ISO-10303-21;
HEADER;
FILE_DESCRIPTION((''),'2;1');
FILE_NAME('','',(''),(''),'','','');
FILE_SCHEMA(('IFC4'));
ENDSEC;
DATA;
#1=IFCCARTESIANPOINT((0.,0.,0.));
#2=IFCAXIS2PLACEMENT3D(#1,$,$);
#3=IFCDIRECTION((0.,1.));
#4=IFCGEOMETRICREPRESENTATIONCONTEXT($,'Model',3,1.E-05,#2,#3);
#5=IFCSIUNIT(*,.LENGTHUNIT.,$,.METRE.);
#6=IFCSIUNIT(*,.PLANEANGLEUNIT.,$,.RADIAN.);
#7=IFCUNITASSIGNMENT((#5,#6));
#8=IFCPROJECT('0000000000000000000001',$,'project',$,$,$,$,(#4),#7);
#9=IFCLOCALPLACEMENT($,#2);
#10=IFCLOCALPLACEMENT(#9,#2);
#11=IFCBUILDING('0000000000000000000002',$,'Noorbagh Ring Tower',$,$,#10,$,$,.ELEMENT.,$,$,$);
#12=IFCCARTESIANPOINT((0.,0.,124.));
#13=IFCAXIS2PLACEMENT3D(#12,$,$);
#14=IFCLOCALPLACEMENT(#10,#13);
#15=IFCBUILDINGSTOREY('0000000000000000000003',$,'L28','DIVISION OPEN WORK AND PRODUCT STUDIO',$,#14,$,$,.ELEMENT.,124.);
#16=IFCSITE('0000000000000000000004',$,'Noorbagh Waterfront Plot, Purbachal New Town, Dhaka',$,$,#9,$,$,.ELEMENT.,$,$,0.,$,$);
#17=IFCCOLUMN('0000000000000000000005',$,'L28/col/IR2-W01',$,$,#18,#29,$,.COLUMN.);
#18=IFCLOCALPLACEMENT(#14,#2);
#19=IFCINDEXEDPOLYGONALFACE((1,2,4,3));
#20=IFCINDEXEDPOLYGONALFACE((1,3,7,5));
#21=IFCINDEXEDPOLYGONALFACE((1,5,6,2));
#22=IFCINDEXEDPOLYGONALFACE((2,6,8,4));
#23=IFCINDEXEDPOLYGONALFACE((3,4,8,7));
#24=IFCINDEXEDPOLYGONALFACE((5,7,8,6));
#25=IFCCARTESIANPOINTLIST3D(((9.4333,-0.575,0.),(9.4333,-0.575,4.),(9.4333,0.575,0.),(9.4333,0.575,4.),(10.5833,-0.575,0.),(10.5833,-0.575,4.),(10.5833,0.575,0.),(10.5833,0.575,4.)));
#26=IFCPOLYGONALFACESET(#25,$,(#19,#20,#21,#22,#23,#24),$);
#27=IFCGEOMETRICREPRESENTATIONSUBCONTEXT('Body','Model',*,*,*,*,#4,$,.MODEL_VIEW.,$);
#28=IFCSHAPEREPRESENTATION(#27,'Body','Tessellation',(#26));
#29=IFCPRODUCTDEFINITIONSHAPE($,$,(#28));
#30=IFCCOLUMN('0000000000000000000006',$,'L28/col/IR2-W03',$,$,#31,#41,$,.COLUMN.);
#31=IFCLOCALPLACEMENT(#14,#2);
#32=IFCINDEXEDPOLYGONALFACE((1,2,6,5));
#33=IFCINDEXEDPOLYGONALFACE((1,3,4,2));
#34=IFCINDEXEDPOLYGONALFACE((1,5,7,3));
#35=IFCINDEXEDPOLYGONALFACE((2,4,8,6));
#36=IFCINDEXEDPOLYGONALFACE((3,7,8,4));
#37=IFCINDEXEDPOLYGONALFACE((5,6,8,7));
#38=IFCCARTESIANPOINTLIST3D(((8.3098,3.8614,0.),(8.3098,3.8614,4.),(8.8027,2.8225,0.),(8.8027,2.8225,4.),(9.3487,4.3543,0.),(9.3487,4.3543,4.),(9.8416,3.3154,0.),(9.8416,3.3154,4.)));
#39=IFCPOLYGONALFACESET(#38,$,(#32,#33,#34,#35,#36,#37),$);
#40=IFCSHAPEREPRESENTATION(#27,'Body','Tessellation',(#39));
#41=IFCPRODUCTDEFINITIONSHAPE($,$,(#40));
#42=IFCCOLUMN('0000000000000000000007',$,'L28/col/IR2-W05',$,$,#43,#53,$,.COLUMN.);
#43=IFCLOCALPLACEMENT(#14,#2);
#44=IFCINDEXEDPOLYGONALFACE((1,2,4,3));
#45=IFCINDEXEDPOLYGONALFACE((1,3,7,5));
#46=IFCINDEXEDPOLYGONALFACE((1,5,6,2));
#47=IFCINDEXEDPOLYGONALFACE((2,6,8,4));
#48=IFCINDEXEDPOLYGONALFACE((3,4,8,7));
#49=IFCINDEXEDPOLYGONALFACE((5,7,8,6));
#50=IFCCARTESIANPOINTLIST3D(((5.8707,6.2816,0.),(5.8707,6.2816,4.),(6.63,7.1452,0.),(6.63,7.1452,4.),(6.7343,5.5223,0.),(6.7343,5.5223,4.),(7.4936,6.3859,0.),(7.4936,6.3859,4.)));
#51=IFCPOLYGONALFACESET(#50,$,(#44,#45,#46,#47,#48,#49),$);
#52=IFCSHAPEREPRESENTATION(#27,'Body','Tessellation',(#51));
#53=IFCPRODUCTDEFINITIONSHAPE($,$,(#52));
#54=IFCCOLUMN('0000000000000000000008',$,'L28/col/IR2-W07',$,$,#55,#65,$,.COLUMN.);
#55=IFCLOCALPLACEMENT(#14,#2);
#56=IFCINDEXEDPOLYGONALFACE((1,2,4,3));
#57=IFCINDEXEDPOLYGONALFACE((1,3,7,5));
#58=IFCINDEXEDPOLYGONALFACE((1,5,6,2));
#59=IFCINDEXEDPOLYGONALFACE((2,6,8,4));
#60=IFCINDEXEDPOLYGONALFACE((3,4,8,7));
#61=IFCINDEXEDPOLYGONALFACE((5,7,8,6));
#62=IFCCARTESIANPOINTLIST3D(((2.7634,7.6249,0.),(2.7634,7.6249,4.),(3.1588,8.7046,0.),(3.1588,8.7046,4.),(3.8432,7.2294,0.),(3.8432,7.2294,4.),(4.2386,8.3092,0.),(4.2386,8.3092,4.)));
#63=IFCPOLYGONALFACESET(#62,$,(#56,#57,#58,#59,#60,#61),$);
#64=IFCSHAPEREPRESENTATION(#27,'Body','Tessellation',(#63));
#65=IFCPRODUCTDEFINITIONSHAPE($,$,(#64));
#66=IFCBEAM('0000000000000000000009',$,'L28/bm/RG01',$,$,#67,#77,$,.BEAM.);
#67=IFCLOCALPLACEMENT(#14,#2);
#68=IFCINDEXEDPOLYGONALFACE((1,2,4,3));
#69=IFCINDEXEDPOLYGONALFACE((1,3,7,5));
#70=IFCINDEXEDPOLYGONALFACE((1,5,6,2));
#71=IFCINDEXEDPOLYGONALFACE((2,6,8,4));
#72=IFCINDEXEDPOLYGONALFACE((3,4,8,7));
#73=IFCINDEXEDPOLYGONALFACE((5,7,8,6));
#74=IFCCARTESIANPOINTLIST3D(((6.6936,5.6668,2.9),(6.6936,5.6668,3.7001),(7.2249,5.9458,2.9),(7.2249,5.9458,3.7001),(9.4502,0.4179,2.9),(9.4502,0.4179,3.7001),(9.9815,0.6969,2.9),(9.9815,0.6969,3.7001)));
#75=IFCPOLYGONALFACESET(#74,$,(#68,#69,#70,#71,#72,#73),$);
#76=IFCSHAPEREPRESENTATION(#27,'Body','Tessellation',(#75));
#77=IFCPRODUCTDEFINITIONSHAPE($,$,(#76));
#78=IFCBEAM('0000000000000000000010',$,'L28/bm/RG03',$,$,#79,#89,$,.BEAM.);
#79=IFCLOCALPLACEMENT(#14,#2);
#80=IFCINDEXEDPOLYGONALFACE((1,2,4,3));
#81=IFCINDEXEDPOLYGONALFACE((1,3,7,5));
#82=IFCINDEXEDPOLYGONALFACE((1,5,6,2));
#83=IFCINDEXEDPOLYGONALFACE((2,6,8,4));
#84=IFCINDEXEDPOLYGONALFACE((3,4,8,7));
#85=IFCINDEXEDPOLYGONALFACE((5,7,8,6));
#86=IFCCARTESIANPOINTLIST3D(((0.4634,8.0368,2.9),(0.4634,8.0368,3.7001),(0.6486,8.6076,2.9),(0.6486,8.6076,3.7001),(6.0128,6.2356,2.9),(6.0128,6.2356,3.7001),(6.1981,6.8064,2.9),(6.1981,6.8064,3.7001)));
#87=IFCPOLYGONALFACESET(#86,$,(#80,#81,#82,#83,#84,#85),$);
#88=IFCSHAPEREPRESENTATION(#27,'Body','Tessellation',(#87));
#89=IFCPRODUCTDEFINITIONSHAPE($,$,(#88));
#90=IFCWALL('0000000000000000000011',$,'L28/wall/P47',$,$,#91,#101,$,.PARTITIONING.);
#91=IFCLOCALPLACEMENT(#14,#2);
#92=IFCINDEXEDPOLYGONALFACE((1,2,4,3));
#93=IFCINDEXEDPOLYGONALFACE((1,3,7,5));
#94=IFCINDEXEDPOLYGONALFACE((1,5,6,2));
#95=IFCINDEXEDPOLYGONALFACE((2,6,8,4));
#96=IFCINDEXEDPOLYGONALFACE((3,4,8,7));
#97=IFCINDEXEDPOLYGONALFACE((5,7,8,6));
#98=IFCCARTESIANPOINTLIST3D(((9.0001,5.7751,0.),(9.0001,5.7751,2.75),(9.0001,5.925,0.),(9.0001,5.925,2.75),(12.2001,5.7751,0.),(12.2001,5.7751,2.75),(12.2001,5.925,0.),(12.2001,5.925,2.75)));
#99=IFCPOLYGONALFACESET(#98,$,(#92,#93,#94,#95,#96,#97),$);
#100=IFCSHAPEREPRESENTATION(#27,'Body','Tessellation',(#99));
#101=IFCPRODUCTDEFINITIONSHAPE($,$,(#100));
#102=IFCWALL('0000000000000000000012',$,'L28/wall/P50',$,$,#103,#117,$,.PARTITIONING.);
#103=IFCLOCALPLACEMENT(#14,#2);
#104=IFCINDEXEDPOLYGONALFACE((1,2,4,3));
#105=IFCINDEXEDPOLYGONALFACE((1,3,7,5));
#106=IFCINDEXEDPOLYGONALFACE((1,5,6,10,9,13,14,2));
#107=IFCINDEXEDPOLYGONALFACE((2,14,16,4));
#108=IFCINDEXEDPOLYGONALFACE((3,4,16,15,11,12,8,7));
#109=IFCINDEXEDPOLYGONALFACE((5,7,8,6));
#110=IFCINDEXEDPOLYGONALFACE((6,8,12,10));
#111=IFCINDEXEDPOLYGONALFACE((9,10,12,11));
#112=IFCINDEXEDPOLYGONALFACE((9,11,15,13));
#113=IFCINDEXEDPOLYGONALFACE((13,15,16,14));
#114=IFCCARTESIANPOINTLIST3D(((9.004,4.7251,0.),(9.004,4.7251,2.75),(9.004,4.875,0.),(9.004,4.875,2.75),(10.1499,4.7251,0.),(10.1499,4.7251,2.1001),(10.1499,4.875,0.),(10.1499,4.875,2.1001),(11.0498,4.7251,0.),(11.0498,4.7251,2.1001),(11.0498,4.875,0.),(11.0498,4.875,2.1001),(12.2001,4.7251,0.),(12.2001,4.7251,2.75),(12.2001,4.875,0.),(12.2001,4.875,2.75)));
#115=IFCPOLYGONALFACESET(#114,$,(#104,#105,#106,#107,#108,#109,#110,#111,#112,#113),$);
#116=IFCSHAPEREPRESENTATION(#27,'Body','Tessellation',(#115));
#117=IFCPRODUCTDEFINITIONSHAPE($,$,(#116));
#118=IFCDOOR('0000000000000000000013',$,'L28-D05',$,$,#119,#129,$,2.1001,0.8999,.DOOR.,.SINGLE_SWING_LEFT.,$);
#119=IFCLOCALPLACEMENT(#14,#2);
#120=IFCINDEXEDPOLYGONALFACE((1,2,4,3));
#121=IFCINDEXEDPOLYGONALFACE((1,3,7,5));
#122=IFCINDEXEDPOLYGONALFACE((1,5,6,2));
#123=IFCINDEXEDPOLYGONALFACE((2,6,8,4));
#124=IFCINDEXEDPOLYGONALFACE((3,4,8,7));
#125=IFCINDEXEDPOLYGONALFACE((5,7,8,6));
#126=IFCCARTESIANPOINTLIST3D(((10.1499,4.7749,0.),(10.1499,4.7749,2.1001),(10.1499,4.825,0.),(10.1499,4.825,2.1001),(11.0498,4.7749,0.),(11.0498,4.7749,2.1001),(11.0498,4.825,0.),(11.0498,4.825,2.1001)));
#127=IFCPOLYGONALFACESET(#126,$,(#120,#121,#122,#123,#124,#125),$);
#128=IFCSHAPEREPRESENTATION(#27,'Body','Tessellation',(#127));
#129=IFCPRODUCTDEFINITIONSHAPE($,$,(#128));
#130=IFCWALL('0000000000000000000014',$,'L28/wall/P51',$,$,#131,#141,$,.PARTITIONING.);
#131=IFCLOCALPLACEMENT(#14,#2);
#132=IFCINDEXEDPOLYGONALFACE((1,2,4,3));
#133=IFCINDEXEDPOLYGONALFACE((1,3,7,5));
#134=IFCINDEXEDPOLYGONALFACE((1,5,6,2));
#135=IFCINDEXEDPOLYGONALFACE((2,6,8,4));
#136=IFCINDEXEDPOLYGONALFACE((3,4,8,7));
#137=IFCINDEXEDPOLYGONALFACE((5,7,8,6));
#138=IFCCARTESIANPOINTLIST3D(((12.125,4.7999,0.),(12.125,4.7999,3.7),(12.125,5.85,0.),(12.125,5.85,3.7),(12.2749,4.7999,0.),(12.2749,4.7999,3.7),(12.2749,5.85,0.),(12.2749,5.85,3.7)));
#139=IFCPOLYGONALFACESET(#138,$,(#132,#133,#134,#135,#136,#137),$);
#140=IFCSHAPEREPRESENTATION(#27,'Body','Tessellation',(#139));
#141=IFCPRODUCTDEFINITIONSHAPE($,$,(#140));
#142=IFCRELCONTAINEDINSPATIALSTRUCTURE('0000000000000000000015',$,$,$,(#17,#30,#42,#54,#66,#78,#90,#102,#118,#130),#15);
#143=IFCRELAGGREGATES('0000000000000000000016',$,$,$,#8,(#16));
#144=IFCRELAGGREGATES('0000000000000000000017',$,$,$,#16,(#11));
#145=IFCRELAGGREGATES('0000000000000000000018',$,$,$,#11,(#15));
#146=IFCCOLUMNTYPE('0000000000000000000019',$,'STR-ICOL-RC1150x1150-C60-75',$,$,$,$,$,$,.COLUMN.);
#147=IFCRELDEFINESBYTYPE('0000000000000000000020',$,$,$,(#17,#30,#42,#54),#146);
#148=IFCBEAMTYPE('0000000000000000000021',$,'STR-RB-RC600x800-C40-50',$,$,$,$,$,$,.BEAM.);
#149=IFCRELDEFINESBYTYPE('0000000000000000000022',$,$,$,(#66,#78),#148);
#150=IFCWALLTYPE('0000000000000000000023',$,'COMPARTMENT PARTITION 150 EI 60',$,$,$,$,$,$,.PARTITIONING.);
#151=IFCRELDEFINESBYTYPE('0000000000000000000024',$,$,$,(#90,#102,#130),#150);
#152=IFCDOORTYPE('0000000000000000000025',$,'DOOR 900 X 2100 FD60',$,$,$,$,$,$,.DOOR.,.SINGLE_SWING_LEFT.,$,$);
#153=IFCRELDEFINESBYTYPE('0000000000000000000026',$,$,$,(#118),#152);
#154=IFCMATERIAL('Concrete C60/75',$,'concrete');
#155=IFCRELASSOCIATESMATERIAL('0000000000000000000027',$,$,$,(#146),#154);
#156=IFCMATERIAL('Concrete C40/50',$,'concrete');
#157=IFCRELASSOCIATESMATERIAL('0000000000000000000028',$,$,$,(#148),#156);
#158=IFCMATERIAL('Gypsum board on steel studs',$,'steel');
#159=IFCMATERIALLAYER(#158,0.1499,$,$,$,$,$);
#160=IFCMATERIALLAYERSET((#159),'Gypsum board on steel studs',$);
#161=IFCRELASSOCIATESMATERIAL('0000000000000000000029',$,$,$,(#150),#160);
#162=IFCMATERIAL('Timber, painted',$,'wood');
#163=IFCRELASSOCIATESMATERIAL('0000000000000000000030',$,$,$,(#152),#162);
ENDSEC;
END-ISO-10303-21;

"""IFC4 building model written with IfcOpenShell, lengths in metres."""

from ifc_helpers import new_model, si_unit, direction, frame, frame_2d, origin, origin_2d, place, context, subcontext, project, spatial, rectangle, extrude, material, layer, layer_set, material_profile, profile_set, type_object, element, fill, save


model = new_model("IFC4")

# Units and contexts
model_context = context("Model", 3, precision=1e-05, world=origin(), true_north=direction((0.0, 1.0)))
body_context = subcontext(model_context, "Body", "Model", "MODEL_VIEW")
ifc_project = project(units=[si_unit("LENGTHUNIT", "METRE"), si_unit("PLANEANGLEUNIT", "RADIAN")], contexts=[model_context])

# Site, building, storey
site_placement = place(None, origin())
site = spatial("IfcSite", under=ifc_project, at=site_placement, Name="Noorbagh Waterfront Plot, Purbachal New Town, Dhaka", CompositionType="ELEMENT", RefElevation=0.0)
building_placement = place(site_placement, origin())
building = spatial("IfcBuilding", under=site, at=building_placement, Name="Noorbagh Ring Tower", CompositionType="ELEMENT")
storey_placement = place(building_placement, frame((0.0, 0.0, 124.0)))
storey = spatial("IfcBuildingStorey", under=building, at=storey_placement, Name="L28", Description="DIVISION OPEN WORK AND PRODUCT STUDIO", CompositionType="ELEMENT", Elevation=124.0)

# Columns
ifc_material_1 = material(Name="Concrete C60/75", Category="concrete")
ifc_material_profile_1 = material_profile(ifc_material_1, rectangle(XDim=1.1499, YDim=1.1499, at=origin_2d()), Name="RC1150x1150")
ifc_profile_set_1 = profile_set([ifc_material_profile_1], Name="Concrete C60/75")
column_type = type_object("IfcColumnType", Name="STR-ICOL-RC1150x1150-C60-75", PredefinedType="COLUMN", material=ifc_profile_set_1)
for number, where, z_axis, x_axis, name in (
    (1, (10.0083, 0.0, 0.0), (0.0, 0.0, 1.0), (0.0, 1.0, 0.0), "L28/col/IR2-W01"),
    (2, (9.0757, 3.5884, 0.0), (0.0, 0.0, 1.0), (-0.428667, 0.903463, 0.0), "L28/col/IR2-W03"),
    (3, (6.6821, 6.3337, 0.0), (0.0, 0.0, 1.0), (-0.751022, 0.660277, 0.0), "L28/col/IR2-W05"),
    (4, (3.501, 7.967, 0.0), (0.0, 0.0, 1.0), (-0.93902, 0.343864, 0.0), "L28/col/IR2-W07"),
):
    element("IfcColumn", number, at=place(storey_placement, frame(where, z_axis=z_axis, x_axis=x_axis)), inside=storey, type_object=column_type, Name=name, PredefinedType="COLUMN", context=body_context, shape_type="SweptSolid", body=[
        extrude(rectangle(XDim=1.1499, YDim=1.1499, at=origin_2d()), origin(), (0.0, 0.0, 1.0), 4.0),
    ])

# Beams
ifc_material_2 = material(Name="Concrete C40/50", Category="concrete")
ifc_material_profile_2 = material_profile(ifc_material_2, rectangle(XDim=0.6001, YDim=0.8, at=origin_2d()), Name="RC600x800")
ifc_profile_set_2 = profile_set([ifc_material_profile_2], Name="Concrete C40/50")
beam_type = type_object("IfcBeamType", Name="STR-RB-RC600x800-C40-50", PredefinedType="BEAM", material=ifc_profile_set_2)
beam_1_placement = place(storey_placement, frame((9.7158, 0.5574, 3.3), z_axis=(-0.464947, 0.885339, 0.0), x_axis=(-0.885339, -0.464947, 0.0)))
element("IfcBeam", 5, at=beam_1_placement, inside=storey, type_object=beam_type, Name="L28/bm/RG01", PredefinedType="BEAM", context=body_context, shape_type="SweptSolid", body=[
    extrude(rectangle(XDim=0.6001, YDim=0.8, at=origin_2d()), origin(), (0.0, 0.0, 1.0), 5.9287),
])
beam_2_placement = place(storey_placement, frame((6.1055, 6.521, 3.3), z_axis=(-0.951152, 0.308724, 0.0), x_axis=(-0.308724, -0.951152, 0.0)))
element("IfcBeam", 6, at=beam_2_placement, inside=storey, type_object=beam_type, Name="L28/bm/RG03", PredefinedType="BEAM", context=body_context, shape_type="SweptSolid", body=[
    extrude(rectangle(XDim=0.6001, YDim=0.8, at=origin_2d()), origin(), (0.0, 0.0, 1.0), 5.8345),
])

# Wall
ifc_material_3 = material(Name="Gypsum board on steel studs", Category="steel")
ifc_layer_1 = layer(ifc_material_3, 0.1499)
ifc_layer_set_1 = layer_set([ifc_layer_1], Name="Gypsum board on steel studs")
wall_type_1 = type_object("IfcWallType", Name="COMPARTMENT PARTITION 150 EI 60", PredefinedType="PARTITIONING", material=ifc_layer_set_1)
wall_1_placement = place(storey_placement, frame((9.0, 5.8501, 0.0), z_axis=(0.0, 0.0, 1.0), x_axis=(1.0, 0.0, 0.0)))
element("IfcWall", 7, at=wall_1_placement, inside=storey, type_object=wall_type_1, Name="L28/wall/P47", PredefinedType="PARTITIONING", context=body_context, shape_type="SweptSolid", body=[
    extrude(rectangle(XDim=3.2, YDim=0.1499, at=frame_2d((1.6001, 0.0))), origin(), (0.0, 0.0, 1.0), 2.75),
])

# Wall, opening, door
wall_2_placement = place(storey_placement, frame((9.0039, 4.8, 0.0), z_axis=(0.0, 0.0, 1.0), x_axis=(1.0, 0.0, 0.0)))
wall_2 = element("IfcWall", 8, at=wall_2_placement, inside=storey, type_object=wall_type_1, Name="L28/wall/P50", PredefinedType="PARTITIONING", context=body_context, shape_type="SweptSolid", body=[
    extrude(rectangle(XDim=3.196, YDim=0.1499, at=frame_2d((1.5981, 0.0))), origin(), (0.0, 0.0, 1.0), 2.75),
])
opening_1_placement = place(wall_2_placement, frame((1.146, 0.0, 0.0)))
opening_1 = element("IfcOpeningElement", 9, at=opening_1_placement, cuts=wall_2, PredefinedType="OPENING", context=body_context, shape_type="SweptSolid", body=[
    extrude(rectangle(XDim=0.8999, YDim=2.1001, at=frame_2d((0.45, 1.05))), frame((0.0, 0.085, 0.0), z_axis=(0.0, -1.0, 0.0), x_axis=(1.0, 0.0, 0.0)), (0.0, 0.0, 1.0), 0.1699),
])
ifc_material_4 = material(Name="Timber, painted", Category="wood")
door_type_1 = type_object("IfcDoorType", Name="DOOR 900 X 2100 FD60", OperationType="SINGLE_SWING_LEFT", PredefinedType="DOOR", material=ifc_material_4)
door_1_placement = place(opening_1_placement, origin())
door_1 = element("IfcDoor", 10, at=door_1_placement, inside=storey, type_object=door_type_1, Name="L28-D05", OperationType="SINGLE_SWING_LEFT", OverallHeight=2.1001, OverallWidth=0.8999, PredefinedType="DOOR", context=body_context, shape_type="SweptSolid", body=[
    extrude(rectangle(XDim=0.8999, YDim=2.1001, at=frame_2d((0.45, 1.05))), frame((0.0, 0.0249, 0.0), z_axis=(0.0, -1.0, 0.0), x_axis=(1.0, 0.0, 0.0)), (0.0, 0.0, 1.0), 0.05),
])
fill(opening_1, door_1)

# Wall
wall_3_placement = place(storey_placement, frame((12.2, 4.8, 0.0), z_axis=(0.0, 0.0, 1.0), x_axis=(0.0, 1.0, 0.0)))
element("IfcWall", 11, at=wall_3_placement, inside=storey, type_object=wall_type_1, Name="L28/wall/P51", PredefinedType="PARTITIONING", context=body_context, shape_type="SweptSolid", body=[
    extrude(rectangle(XDim=1.05, YDim=0.1499, at=frame_2d((0.5249, 0.0))), origin(), (0.0, 0.0, 1.0), 3.7),
])

save(model, "model.ifc")
